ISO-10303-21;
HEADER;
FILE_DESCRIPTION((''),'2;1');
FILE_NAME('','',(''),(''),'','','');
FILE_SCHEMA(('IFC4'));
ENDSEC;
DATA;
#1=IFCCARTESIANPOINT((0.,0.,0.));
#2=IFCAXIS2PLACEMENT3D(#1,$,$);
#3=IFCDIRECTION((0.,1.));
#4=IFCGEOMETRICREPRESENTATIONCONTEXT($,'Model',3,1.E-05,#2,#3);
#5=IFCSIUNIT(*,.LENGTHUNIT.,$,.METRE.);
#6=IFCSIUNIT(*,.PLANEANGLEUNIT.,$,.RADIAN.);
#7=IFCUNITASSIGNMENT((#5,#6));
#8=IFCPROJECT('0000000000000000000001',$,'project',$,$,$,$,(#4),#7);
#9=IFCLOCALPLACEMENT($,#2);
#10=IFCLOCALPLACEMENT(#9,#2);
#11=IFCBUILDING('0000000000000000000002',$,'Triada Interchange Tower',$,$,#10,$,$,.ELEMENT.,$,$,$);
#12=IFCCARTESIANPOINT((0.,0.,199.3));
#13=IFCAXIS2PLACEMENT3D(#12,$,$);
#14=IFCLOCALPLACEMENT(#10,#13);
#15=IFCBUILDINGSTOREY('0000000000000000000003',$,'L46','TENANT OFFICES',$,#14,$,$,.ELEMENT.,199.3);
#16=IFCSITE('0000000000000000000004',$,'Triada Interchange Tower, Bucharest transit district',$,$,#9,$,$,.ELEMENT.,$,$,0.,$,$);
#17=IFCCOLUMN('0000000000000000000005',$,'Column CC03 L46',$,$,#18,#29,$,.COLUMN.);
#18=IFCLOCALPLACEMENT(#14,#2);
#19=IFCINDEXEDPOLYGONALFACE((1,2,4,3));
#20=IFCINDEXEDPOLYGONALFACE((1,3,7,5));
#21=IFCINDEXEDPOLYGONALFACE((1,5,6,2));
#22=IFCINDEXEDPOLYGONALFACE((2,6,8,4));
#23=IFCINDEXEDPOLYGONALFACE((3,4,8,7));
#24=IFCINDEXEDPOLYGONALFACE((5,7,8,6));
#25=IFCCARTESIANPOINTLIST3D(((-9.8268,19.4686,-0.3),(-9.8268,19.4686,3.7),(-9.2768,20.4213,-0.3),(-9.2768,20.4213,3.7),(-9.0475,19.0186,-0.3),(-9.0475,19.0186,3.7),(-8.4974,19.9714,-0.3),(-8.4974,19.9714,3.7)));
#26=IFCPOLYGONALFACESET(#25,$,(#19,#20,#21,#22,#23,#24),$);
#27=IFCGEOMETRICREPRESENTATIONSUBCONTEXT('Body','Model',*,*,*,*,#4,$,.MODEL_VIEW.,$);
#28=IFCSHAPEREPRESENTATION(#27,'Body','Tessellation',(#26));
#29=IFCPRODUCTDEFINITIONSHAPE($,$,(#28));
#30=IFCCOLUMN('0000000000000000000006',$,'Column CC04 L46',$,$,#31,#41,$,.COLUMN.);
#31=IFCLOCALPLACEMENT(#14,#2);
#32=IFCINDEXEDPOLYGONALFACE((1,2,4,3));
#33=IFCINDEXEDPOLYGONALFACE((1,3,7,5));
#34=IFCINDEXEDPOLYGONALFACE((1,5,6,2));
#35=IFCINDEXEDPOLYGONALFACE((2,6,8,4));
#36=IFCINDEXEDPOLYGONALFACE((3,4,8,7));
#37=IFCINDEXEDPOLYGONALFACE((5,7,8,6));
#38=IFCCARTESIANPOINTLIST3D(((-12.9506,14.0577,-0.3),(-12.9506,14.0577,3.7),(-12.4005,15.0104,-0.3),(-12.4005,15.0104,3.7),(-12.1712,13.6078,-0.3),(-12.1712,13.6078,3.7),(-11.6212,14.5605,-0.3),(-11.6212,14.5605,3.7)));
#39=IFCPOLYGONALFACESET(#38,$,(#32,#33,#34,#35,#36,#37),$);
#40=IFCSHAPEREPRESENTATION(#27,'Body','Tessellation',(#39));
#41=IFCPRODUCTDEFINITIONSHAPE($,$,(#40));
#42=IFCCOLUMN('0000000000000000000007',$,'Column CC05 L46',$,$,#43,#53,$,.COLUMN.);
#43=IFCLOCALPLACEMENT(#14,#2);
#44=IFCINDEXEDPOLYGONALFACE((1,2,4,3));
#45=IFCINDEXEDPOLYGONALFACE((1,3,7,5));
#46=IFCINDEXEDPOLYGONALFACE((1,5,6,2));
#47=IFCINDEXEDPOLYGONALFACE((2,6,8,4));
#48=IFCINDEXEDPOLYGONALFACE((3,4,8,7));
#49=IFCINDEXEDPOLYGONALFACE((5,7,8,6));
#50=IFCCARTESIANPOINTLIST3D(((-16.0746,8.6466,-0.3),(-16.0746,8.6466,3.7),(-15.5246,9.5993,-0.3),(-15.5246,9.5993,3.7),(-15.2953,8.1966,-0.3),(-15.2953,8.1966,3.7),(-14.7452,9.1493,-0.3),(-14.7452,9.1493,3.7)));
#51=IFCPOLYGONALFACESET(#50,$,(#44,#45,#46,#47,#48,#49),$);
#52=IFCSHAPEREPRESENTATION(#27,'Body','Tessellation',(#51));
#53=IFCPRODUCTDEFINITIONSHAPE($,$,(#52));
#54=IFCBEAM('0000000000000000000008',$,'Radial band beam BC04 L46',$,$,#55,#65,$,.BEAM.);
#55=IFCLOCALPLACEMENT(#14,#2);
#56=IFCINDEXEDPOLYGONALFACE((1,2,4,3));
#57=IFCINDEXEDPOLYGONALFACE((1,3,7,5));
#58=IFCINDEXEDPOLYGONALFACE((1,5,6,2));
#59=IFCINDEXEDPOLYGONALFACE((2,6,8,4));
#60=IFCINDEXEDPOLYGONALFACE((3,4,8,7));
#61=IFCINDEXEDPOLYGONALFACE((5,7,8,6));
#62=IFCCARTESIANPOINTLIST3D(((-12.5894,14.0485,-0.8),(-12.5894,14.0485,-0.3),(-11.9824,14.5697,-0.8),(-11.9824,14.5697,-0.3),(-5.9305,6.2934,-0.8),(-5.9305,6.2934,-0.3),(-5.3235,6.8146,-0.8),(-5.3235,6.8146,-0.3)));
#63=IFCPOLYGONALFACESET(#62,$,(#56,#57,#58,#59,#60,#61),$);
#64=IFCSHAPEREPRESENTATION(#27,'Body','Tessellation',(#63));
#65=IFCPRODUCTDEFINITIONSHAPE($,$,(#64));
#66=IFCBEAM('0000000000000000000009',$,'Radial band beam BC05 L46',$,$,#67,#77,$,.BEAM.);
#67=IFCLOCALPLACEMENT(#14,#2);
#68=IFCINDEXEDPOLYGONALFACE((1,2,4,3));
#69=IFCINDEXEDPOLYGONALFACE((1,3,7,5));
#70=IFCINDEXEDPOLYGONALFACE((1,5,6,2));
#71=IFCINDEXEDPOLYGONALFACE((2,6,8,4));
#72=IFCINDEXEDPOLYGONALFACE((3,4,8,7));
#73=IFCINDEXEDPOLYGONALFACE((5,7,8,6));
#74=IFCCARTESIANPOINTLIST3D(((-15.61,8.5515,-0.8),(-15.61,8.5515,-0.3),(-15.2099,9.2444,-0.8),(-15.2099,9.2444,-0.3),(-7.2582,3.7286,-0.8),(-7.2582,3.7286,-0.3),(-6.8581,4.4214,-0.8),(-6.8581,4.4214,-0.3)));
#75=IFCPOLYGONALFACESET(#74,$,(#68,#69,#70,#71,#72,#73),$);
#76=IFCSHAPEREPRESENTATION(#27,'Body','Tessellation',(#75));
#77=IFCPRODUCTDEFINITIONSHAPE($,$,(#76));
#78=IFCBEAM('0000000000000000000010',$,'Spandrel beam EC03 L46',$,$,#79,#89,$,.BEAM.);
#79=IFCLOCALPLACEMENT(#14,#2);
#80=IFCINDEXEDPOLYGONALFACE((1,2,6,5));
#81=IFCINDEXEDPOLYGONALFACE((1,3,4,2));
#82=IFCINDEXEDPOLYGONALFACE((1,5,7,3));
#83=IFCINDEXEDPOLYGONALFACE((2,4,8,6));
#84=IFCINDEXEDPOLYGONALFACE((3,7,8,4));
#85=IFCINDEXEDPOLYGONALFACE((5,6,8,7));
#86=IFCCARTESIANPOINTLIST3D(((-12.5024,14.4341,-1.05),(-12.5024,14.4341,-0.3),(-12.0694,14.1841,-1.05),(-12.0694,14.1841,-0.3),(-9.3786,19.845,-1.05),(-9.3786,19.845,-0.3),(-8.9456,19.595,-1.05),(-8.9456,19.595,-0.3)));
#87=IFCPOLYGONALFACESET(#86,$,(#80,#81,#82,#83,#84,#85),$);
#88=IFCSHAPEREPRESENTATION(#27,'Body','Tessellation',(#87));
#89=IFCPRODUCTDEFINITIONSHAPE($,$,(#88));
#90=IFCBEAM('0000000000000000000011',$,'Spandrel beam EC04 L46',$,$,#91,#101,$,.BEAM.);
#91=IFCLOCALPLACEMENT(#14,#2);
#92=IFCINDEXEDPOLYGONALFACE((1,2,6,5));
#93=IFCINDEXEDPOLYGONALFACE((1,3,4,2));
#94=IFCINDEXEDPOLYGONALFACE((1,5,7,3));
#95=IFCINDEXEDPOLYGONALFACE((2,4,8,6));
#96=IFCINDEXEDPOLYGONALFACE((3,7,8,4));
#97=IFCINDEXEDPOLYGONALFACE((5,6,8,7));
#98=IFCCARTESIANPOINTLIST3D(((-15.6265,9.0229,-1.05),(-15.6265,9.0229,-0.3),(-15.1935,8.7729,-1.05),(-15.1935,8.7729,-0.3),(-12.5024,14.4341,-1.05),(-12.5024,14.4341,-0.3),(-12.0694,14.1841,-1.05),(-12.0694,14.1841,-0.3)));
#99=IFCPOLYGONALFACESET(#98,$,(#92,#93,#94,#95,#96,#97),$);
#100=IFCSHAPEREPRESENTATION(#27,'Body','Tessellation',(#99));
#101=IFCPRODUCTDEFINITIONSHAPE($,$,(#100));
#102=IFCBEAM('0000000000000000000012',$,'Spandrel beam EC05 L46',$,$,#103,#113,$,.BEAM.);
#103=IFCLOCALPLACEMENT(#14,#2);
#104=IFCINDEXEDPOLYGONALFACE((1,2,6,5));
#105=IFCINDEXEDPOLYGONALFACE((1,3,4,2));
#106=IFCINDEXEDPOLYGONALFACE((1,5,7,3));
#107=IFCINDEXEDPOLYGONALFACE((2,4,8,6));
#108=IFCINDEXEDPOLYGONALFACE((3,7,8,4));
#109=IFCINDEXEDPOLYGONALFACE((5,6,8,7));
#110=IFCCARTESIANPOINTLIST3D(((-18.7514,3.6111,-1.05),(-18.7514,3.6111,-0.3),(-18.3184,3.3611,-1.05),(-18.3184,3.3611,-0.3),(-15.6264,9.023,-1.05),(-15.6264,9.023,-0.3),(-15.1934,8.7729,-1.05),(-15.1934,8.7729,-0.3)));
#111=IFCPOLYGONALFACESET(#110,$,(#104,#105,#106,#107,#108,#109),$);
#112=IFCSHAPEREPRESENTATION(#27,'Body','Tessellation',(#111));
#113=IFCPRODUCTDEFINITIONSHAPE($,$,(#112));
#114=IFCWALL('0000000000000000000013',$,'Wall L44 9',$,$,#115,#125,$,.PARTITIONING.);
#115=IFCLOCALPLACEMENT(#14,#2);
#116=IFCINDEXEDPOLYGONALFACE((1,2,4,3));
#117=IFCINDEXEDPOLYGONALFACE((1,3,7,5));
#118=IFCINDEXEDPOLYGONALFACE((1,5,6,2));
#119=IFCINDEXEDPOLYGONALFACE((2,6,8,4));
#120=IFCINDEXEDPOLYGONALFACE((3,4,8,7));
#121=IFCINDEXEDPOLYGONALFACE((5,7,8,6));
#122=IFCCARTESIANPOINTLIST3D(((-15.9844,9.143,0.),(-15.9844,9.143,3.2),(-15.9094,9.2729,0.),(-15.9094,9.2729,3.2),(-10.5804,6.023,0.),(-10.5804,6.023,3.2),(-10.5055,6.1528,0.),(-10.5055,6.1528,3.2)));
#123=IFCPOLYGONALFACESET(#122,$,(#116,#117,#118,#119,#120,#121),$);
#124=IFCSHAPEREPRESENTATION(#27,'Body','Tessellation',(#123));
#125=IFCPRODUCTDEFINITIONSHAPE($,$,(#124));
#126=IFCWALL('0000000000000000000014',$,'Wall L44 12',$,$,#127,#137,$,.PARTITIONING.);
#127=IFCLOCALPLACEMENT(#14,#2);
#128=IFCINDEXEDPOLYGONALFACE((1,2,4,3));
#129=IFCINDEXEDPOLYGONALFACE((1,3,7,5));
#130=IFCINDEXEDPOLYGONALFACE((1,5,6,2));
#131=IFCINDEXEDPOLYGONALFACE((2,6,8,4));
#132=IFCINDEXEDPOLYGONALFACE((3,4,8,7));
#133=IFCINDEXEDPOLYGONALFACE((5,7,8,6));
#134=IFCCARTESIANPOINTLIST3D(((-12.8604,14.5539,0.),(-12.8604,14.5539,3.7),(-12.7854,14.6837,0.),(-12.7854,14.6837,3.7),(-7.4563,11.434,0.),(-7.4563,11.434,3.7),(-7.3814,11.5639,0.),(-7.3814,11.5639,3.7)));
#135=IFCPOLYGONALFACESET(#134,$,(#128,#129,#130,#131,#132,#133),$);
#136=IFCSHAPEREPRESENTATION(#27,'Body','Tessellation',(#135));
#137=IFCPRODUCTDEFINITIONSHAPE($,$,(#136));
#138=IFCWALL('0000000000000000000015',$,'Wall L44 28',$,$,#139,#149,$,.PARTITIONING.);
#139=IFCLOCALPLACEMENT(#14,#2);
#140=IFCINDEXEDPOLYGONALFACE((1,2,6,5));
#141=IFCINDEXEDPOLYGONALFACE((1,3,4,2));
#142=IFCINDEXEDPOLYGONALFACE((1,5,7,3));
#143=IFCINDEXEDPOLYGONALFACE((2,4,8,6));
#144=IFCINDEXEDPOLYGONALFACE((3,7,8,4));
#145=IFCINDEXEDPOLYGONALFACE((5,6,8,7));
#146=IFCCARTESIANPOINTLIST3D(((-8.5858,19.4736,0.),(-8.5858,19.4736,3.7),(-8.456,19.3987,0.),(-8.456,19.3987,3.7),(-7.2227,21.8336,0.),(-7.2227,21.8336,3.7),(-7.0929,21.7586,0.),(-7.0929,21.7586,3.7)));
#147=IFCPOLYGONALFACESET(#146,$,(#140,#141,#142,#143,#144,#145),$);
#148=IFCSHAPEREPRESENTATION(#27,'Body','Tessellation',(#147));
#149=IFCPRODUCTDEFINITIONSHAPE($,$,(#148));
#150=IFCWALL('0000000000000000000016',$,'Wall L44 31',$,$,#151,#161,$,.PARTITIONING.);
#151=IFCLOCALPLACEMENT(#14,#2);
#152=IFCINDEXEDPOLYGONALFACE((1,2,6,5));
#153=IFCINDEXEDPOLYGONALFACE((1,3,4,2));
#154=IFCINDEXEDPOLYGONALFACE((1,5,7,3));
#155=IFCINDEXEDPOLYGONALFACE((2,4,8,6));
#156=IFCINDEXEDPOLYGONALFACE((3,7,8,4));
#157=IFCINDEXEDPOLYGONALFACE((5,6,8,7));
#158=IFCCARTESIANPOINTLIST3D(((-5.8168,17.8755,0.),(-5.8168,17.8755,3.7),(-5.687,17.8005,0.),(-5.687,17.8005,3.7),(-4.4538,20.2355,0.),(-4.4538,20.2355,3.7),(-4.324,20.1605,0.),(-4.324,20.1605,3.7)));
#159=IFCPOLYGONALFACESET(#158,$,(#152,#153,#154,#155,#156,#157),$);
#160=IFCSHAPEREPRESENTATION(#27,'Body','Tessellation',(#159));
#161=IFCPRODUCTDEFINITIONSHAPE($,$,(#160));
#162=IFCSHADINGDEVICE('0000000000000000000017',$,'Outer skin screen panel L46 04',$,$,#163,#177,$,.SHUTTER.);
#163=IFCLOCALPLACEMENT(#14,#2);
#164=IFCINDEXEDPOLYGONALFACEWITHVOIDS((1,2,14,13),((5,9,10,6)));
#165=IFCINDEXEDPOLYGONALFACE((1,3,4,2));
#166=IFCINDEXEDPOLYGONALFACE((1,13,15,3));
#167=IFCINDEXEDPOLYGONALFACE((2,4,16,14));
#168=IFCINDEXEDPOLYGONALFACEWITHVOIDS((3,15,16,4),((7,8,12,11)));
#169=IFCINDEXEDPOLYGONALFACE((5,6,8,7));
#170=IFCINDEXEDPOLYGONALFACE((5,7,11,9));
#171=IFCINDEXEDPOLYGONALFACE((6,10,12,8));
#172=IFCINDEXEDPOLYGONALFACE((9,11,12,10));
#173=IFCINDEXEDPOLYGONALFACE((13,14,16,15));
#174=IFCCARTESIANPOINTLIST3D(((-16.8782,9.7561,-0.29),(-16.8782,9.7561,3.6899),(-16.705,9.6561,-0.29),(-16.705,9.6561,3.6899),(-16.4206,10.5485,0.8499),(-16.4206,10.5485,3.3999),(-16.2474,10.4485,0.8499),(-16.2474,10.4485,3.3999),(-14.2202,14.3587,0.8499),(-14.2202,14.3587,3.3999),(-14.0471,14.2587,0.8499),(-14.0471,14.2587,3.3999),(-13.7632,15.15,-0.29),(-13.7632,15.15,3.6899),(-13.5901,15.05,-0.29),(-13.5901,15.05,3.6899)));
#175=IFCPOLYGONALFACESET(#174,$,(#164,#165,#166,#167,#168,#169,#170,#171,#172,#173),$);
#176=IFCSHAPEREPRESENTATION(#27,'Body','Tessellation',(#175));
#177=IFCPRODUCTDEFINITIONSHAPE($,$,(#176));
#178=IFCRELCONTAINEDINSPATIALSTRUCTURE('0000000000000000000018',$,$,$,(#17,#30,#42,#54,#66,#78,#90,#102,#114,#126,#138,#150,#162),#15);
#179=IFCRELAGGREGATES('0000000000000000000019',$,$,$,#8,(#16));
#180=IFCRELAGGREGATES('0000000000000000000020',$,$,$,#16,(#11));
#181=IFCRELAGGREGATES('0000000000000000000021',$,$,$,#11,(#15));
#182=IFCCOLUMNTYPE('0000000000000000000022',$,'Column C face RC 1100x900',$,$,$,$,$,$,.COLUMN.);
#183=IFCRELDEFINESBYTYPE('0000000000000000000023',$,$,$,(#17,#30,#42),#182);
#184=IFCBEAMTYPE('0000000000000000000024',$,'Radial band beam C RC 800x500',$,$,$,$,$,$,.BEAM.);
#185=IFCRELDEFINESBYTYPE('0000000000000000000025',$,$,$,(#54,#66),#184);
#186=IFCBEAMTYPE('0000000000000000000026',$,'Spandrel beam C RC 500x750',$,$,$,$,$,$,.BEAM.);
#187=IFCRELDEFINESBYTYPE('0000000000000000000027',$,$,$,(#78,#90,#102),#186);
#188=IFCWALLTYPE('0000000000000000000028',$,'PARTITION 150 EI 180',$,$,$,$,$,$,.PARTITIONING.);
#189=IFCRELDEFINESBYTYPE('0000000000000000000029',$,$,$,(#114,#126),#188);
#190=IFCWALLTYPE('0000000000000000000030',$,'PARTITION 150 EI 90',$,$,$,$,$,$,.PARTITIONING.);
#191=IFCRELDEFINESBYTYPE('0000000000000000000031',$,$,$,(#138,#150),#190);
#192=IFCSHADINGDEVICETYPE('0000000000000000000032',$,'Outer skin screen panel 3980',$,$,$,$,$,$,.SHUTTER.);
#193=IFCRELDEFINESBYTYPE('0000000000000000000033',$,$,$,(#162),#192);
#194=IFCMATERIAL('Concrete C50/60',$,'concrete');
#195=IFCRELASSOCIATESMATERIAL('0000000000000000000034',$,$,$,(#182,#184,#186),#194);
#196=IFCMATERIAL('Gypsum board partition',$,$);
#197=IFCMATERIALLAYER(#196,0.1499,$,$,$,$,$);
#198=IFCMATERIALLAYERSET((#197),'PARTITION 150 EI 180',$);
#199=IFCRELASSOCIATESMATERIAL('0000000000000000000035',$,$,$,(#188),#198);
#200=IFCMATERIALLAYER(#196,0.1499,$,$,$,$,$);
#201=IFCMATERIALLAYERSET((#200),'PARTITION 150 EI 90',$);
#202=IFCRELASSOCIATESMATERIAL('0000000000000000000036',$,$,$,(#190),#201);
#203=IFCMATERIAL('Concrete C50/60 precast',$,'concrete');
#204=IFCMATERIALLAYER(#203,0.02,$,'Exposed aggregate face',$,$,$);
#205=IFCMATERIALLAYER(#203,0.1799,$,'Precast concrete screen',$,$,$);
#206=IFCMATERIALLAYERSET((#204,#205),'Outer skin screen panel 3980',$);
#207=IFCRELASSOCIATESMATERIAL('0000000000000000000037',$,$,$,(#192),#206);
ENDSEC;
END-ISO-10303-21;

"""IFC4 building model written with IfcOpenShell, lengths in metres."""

from ifc_helpers import new_model, si_unit, direction, frame, frame_2d, origin, origin_2d, place, context, subcontext, project, spatial, polyline, rectangle, outline, extrude, material, layer, layer_set, material_profile, profile_set, type_object, element, save


model = new_model("IFC4")

# Units and contexts
model_context = context("Model", 3, precision=1e-05, world=origin(), true_north=direction((0.0, 1.0)))
body_context = subcontext(model_context, "Body", "Model", "MODEL_VIEW")
ifc_project = project(units=[si_unit("LENGTHUNIT", "METRE"), si_unit("PLANEANGLEUNIT", "RADIAN")], contexts=[model_context])

# Site, building, storey
site_placement = place(None, origin())
site = spatial("IfcSite", under=ifc_project, at=site_placement, Name="Triada Interchange Tower, Bucharest transit district", CompositionType="ELEMENT", RefElevation=0.0)
building_placement = place(site_placement, origin())
building = spatial("IfcBuilding", under=site, at=building_placement, Name="Triada Interchange Tower", CompositionType="ELEMENT")
storey_placement = place(building_placement, frame((0.0, 0.0, 199.3)))
storey = spatial("IfcBuildingStorey", under=building, at=storey_placement, Name="L46", Description="TENANT OFFICES", CompositionType="ELEMENT", Elevation=199.3)

# Columns
ifc_material_1 = material(Name="Concrete C50/60", Category="concrete")
ifc_material_profile_1 = material_profile(ifc_material_1, rectangle(XDim=1.1001, YDim=0.8999, at=origin_2d()), Name="RC 1100x900")
ifc_profile_set_1 = profile_set([ifc_material_profile_1], Name="Concrete C50/60")
column_type = type_object("IfcColumnType", Name="Column C face RC 1100x900", PredefinedType="COLUMN", material=ifc_profile_set_1)
for number, where, z_axis, x_axis, name in (
    (1, (-9.1621, 19.72, -0.3), (0.0, 0.0, 1.0), (0.5, 0.866025, 0.0), "Column CC03 L46"),
    (2, (-12.2859, 14.3091, -0.3), (0.0, 0.0, 1.0), (0.5, 0.866025, 0.0), "Column CC04 L46"),
    (3, (-15.4099, 8.8979, -0.3), (0.0, 0.0, 1.0), (0.5, 0.866025, 0.0), "Column CC05 L46"),
):
    element("IfcColumn", number, at=place(storey_placement, frame(where, z_axis=z_axis, x_axis=x_axis)), inside=storey, type_object=column_type, Name=name, PredefinedType="COLUMN", context=body_context, shape_type="SweptSolid", body=[
        extrude(rectangle(XDim=1.1001, YDim=0.8999, at=origin_2d()), origin(), (0.0, 0.0, 1.0), 4.0),
    ])

# Beams
ifc_material_profile_2 = material_profile(ifc_material_1, rectangle(XDim=0.8, YDim=0.5, at=origin_2d()), Name="RC 800x500")
ifc_profile_set_2 = profile_set([ifc_material_profile_2], Name="Concrete C50/60")
beam_type_1 = type_object("IfcBeamType", Name="Radial band beam C RC 800x500", PredefinedType="BEAM", material=ifc_profile_set_2)
beam_1_placement = place(storey_placement, frame((-12.2859, 14.3091, -0.55), z_axis=(0.65145, -0.758692, 0.0), x_axis=(0.758692, 0.65145, 0.0)))
element("IfcBeam", 4, at=beam_1_placement, inside=storey, type_object=beam_type_1, Name="Radial band beam BC04 L46", PredefinedType="BEAM", context=body_context, shape_type="SweptSolid", body=[
    extrude(rectangle(XDim=0.8, YDim=0.5, at=origin_2d()), origin(), (0.0, 0.0, 1.0), 10.2217),
])
beam_2_placement = place(storey_placement, frame((-15.4099, 8.8979, -0.55), z_axis=(0.865977, -0.500084, 0.0), x_axis=(0.500084, 0.865977, 0.0)))
element("IfcBeam", 5, at=beam_2_placement, inside=storey, type_object=beam_type_1, Name="Radial band beam BC05 L46", PredefinedType="BEAM", context=body_context, shape_type="SweptSolid", body=[
    extrude(rectangle(XDim=0.8, YDim=0.5, at=origin_2d()), origin(), (0.0, 0.0, 1.0), 9.6443),
])
ifc_material_profile_3 = material_profile(ifc_material_1, rectangle(XDim=0.5, YDim=0.75, at=origin_2d()), Name="RC 500x750")
ifc_profile_set_3 = profile_set([ifc_material_profile_3], Name="Concrete C50/60")
beam_type_2 = type_object("IfcBeamType", Name="Spandrel beam C RC 500x750", PredefinedType="BEAM", material=ifc_profile_set_3)
beam_3_placement = place(storey_placement, frame((-9.1621, 19.72, -0.675), z_axis=(-0.499976, -0.866039, 0.0), x_axis=(0.866039, -0.499976, 0.0)))
element("IfcBeam", 6, at=beam_3_placement, inside=storey, type_object=beam_type_2, Name="Spandrel beam EC03 L46", PredefinedType="BEAM", context=body_context, shape_type="SweptSolid", body=[
    extrude(rectangle(XDim=0.5, YDim=0.75, at=origin_2d()), origin(), (0.0, 0.0, 1.0), 6.2478),
])
beam_4_placement = place(storey_placement, frame((-12.2859, 14.3091, -0.675), z_axis=(-0.499989, -0.866032, 0.0), x_axis=(0.866032, -0.499989, 0.0)))
element("IfcBeam", 7, at=beam_4_placement, inside=storey, type_object=beam_type_2, Name="Spandrel beam EC04 L46", PredefinedType="BEAM", context=body_context, shape_type="SweptSolid", body=[
    extrude(rectangle(XDim=0.5, YDim=0.75, at=origin_2d()), origin(), (0.0, 0.0, 1.0), 6.2483),
])
beam_5_placement = place(storey_placement, frame((-15.4099, 8.8979, -0.675), z_axis=(-0.500055, -0.865994, 0.0), x_axis=(0.865994, -0.500055, 0.0)))
element("IfcBeam", 8, at=beam_5_placement, inside=storey, type_object=beam_type_2, Name="Spandrel beam EC05 L46", PredefinedType="BEAM", context=body_context, shape_type="SweptSolid", body=[
    extrude(rectangle(XDim=0.5, YDim=0.75, at=origin_2d()), origin(), (0.0, 0.0, 1.0), 6.2493),
])

# Walls
ifc_material_2 = material(Name="Gypsum board partition")
ifc_layer_1 = layer(ifc_material_2, 0.1499)
ifc_layer_set_1 = layer_set([ifc_layer_1], Name="PARTITION 150 EI 180")
wall_type_1 = type_object("IfcWallType", Name="PARTITION 150 EI 180", PredefinedType="PARTITIONING", material=ifc_layer_set_1)
wall_1_placement = place(storey_placement, frame((-15.947, 9.208, 0.0), z_axis=(0.0, 0.0, 1.0), x_axis=(0.866019, -0.50001, 0.0)))
element("IfcWall", 9, at=wall_1_placement, inside=storey, type_object=wall_type_1, Name="Wall L44 9", PredefinedType="PARTITIONING", context=body_context, shape_type="SweptSolid", body=[
    extrude(rectangle(XDim=6.24, YDim=0.1499, at=frame_2d((3.1201, 0.0))), origin(), (0.0, 0.0, 1.0), 3.2),
])
wall_2_placement = place(storey_placement, frame((-12.823, 14.6189, 0.0), z_axis=(0.0, 0.0, 1.0), x_axis=(0.866036, -0.499981, 0.0)))
element("IfcWall", 10, at=wall_2_placement, inside=storey, type_object=wall_type_1, Name="Wall L44 12", PredefinedType="PARTITIONING", context=body_context, shape_type="SweptSolid", body=[
    extrude(rectangle(XDim=6.24, YDim=0.1499, at=frame_2d((3.1201, 0.0))), origin(), (0.0, 0.0, 1.0), 3.7),
])
ifc_layer_2 = layer(ifc_material_2, 0.1499)
ifc_layer_set_2 = layer_set([ifc_layer_2], Name="PARTITION 150 EI 90")
wall_type_2 = type_object("IfcWallType", Name="PARTITION 150 EI 90", PredefinedType="PARTITIONING", material=ifc_layer_set_2)
for number, where, z_axis, x_axis, name in (
    (11, (-8.521, 19.436, 0.0), (0.0, 0.0, 1.0), (0.500157, 0.865935, 0.0), "Wall L44 28"),
    (12, (-5.752, 17.8379, 0.0), (0.0, 0.0, 1.0), (0.500118, 0.865957, 0.0), "Wall L44 31"),
):
    element("IfcWall", number, at=place(storey_placement, frame(where, z_axis=z_axis, x_axis=x_axis)), inside=storey, type_object=wall_type_2, Name=name, PredefinedType="PARTITIONING", context=body_context, shape_type="SweptSolid", body=[
        extrude(rectangle(XDim=2.7253, YDim=0.1499, at=frame_2d((1.3628, 0.0))), origin(), (0.0, 0.0, 1.0), 3.7),
    ])

# Shading device
ifc_material_3 = material(Name="Concrete C50/60 precast", Category="concrete")
ifc_layer_3 = layer(ifc_material_3, 0.02, Name="Exposed aggregate face")
ifc_layer_4 = layer(ifc_material_3, 0.1799, Name="Precast concrete screen")
ifc_layer_set_3 = layer_set([ifc_layer_3, ifc_layer_4], Name="Outer skin screen panel 3980")
shading_device_type = type_object("IfcShadingDeviceType", Name="Outer skin screen panel 3980", PredefinedType="SHUTTER", material=ifc_layer_set_3)
shading_device_1_placement = place(storey_placement, frame((-13.5901, 15.05, -0.29), z_axis=(0.0, 0.0, 1.0), x_axis=(-0.500089, -0.865974, 0.0)))
element("IfcShadingDevice", 13, at=shading_device_1_placement, inside=storey, type_object=shading_device_type, Name="Outer skin screen panel L46 04", PredefinedType="SHUTTER", context=body_context, shape_type="SweptSolid", body=[
    extrude(outline(polyline([(0.0, 0.0), (6.2288, 0.0), (6.2288, 3.98), (0.0, 3.98), (0.0, 0.0)]), holes=[polyline([(0.9138, 1.1399), (0.9138, 3.6899), (5.3137, 3.6899), (5.3137, 1.1399), (0.9138, 1.1399)])]), frame((0.0, 0.0, 0.0), z_axis=(0.0, -1.0, 0.0), x_axis=(1.0, 0.0, 0.0)), (0.0, 0.0, 1.0), 0.2),
])

save(model, "model.ifc")
